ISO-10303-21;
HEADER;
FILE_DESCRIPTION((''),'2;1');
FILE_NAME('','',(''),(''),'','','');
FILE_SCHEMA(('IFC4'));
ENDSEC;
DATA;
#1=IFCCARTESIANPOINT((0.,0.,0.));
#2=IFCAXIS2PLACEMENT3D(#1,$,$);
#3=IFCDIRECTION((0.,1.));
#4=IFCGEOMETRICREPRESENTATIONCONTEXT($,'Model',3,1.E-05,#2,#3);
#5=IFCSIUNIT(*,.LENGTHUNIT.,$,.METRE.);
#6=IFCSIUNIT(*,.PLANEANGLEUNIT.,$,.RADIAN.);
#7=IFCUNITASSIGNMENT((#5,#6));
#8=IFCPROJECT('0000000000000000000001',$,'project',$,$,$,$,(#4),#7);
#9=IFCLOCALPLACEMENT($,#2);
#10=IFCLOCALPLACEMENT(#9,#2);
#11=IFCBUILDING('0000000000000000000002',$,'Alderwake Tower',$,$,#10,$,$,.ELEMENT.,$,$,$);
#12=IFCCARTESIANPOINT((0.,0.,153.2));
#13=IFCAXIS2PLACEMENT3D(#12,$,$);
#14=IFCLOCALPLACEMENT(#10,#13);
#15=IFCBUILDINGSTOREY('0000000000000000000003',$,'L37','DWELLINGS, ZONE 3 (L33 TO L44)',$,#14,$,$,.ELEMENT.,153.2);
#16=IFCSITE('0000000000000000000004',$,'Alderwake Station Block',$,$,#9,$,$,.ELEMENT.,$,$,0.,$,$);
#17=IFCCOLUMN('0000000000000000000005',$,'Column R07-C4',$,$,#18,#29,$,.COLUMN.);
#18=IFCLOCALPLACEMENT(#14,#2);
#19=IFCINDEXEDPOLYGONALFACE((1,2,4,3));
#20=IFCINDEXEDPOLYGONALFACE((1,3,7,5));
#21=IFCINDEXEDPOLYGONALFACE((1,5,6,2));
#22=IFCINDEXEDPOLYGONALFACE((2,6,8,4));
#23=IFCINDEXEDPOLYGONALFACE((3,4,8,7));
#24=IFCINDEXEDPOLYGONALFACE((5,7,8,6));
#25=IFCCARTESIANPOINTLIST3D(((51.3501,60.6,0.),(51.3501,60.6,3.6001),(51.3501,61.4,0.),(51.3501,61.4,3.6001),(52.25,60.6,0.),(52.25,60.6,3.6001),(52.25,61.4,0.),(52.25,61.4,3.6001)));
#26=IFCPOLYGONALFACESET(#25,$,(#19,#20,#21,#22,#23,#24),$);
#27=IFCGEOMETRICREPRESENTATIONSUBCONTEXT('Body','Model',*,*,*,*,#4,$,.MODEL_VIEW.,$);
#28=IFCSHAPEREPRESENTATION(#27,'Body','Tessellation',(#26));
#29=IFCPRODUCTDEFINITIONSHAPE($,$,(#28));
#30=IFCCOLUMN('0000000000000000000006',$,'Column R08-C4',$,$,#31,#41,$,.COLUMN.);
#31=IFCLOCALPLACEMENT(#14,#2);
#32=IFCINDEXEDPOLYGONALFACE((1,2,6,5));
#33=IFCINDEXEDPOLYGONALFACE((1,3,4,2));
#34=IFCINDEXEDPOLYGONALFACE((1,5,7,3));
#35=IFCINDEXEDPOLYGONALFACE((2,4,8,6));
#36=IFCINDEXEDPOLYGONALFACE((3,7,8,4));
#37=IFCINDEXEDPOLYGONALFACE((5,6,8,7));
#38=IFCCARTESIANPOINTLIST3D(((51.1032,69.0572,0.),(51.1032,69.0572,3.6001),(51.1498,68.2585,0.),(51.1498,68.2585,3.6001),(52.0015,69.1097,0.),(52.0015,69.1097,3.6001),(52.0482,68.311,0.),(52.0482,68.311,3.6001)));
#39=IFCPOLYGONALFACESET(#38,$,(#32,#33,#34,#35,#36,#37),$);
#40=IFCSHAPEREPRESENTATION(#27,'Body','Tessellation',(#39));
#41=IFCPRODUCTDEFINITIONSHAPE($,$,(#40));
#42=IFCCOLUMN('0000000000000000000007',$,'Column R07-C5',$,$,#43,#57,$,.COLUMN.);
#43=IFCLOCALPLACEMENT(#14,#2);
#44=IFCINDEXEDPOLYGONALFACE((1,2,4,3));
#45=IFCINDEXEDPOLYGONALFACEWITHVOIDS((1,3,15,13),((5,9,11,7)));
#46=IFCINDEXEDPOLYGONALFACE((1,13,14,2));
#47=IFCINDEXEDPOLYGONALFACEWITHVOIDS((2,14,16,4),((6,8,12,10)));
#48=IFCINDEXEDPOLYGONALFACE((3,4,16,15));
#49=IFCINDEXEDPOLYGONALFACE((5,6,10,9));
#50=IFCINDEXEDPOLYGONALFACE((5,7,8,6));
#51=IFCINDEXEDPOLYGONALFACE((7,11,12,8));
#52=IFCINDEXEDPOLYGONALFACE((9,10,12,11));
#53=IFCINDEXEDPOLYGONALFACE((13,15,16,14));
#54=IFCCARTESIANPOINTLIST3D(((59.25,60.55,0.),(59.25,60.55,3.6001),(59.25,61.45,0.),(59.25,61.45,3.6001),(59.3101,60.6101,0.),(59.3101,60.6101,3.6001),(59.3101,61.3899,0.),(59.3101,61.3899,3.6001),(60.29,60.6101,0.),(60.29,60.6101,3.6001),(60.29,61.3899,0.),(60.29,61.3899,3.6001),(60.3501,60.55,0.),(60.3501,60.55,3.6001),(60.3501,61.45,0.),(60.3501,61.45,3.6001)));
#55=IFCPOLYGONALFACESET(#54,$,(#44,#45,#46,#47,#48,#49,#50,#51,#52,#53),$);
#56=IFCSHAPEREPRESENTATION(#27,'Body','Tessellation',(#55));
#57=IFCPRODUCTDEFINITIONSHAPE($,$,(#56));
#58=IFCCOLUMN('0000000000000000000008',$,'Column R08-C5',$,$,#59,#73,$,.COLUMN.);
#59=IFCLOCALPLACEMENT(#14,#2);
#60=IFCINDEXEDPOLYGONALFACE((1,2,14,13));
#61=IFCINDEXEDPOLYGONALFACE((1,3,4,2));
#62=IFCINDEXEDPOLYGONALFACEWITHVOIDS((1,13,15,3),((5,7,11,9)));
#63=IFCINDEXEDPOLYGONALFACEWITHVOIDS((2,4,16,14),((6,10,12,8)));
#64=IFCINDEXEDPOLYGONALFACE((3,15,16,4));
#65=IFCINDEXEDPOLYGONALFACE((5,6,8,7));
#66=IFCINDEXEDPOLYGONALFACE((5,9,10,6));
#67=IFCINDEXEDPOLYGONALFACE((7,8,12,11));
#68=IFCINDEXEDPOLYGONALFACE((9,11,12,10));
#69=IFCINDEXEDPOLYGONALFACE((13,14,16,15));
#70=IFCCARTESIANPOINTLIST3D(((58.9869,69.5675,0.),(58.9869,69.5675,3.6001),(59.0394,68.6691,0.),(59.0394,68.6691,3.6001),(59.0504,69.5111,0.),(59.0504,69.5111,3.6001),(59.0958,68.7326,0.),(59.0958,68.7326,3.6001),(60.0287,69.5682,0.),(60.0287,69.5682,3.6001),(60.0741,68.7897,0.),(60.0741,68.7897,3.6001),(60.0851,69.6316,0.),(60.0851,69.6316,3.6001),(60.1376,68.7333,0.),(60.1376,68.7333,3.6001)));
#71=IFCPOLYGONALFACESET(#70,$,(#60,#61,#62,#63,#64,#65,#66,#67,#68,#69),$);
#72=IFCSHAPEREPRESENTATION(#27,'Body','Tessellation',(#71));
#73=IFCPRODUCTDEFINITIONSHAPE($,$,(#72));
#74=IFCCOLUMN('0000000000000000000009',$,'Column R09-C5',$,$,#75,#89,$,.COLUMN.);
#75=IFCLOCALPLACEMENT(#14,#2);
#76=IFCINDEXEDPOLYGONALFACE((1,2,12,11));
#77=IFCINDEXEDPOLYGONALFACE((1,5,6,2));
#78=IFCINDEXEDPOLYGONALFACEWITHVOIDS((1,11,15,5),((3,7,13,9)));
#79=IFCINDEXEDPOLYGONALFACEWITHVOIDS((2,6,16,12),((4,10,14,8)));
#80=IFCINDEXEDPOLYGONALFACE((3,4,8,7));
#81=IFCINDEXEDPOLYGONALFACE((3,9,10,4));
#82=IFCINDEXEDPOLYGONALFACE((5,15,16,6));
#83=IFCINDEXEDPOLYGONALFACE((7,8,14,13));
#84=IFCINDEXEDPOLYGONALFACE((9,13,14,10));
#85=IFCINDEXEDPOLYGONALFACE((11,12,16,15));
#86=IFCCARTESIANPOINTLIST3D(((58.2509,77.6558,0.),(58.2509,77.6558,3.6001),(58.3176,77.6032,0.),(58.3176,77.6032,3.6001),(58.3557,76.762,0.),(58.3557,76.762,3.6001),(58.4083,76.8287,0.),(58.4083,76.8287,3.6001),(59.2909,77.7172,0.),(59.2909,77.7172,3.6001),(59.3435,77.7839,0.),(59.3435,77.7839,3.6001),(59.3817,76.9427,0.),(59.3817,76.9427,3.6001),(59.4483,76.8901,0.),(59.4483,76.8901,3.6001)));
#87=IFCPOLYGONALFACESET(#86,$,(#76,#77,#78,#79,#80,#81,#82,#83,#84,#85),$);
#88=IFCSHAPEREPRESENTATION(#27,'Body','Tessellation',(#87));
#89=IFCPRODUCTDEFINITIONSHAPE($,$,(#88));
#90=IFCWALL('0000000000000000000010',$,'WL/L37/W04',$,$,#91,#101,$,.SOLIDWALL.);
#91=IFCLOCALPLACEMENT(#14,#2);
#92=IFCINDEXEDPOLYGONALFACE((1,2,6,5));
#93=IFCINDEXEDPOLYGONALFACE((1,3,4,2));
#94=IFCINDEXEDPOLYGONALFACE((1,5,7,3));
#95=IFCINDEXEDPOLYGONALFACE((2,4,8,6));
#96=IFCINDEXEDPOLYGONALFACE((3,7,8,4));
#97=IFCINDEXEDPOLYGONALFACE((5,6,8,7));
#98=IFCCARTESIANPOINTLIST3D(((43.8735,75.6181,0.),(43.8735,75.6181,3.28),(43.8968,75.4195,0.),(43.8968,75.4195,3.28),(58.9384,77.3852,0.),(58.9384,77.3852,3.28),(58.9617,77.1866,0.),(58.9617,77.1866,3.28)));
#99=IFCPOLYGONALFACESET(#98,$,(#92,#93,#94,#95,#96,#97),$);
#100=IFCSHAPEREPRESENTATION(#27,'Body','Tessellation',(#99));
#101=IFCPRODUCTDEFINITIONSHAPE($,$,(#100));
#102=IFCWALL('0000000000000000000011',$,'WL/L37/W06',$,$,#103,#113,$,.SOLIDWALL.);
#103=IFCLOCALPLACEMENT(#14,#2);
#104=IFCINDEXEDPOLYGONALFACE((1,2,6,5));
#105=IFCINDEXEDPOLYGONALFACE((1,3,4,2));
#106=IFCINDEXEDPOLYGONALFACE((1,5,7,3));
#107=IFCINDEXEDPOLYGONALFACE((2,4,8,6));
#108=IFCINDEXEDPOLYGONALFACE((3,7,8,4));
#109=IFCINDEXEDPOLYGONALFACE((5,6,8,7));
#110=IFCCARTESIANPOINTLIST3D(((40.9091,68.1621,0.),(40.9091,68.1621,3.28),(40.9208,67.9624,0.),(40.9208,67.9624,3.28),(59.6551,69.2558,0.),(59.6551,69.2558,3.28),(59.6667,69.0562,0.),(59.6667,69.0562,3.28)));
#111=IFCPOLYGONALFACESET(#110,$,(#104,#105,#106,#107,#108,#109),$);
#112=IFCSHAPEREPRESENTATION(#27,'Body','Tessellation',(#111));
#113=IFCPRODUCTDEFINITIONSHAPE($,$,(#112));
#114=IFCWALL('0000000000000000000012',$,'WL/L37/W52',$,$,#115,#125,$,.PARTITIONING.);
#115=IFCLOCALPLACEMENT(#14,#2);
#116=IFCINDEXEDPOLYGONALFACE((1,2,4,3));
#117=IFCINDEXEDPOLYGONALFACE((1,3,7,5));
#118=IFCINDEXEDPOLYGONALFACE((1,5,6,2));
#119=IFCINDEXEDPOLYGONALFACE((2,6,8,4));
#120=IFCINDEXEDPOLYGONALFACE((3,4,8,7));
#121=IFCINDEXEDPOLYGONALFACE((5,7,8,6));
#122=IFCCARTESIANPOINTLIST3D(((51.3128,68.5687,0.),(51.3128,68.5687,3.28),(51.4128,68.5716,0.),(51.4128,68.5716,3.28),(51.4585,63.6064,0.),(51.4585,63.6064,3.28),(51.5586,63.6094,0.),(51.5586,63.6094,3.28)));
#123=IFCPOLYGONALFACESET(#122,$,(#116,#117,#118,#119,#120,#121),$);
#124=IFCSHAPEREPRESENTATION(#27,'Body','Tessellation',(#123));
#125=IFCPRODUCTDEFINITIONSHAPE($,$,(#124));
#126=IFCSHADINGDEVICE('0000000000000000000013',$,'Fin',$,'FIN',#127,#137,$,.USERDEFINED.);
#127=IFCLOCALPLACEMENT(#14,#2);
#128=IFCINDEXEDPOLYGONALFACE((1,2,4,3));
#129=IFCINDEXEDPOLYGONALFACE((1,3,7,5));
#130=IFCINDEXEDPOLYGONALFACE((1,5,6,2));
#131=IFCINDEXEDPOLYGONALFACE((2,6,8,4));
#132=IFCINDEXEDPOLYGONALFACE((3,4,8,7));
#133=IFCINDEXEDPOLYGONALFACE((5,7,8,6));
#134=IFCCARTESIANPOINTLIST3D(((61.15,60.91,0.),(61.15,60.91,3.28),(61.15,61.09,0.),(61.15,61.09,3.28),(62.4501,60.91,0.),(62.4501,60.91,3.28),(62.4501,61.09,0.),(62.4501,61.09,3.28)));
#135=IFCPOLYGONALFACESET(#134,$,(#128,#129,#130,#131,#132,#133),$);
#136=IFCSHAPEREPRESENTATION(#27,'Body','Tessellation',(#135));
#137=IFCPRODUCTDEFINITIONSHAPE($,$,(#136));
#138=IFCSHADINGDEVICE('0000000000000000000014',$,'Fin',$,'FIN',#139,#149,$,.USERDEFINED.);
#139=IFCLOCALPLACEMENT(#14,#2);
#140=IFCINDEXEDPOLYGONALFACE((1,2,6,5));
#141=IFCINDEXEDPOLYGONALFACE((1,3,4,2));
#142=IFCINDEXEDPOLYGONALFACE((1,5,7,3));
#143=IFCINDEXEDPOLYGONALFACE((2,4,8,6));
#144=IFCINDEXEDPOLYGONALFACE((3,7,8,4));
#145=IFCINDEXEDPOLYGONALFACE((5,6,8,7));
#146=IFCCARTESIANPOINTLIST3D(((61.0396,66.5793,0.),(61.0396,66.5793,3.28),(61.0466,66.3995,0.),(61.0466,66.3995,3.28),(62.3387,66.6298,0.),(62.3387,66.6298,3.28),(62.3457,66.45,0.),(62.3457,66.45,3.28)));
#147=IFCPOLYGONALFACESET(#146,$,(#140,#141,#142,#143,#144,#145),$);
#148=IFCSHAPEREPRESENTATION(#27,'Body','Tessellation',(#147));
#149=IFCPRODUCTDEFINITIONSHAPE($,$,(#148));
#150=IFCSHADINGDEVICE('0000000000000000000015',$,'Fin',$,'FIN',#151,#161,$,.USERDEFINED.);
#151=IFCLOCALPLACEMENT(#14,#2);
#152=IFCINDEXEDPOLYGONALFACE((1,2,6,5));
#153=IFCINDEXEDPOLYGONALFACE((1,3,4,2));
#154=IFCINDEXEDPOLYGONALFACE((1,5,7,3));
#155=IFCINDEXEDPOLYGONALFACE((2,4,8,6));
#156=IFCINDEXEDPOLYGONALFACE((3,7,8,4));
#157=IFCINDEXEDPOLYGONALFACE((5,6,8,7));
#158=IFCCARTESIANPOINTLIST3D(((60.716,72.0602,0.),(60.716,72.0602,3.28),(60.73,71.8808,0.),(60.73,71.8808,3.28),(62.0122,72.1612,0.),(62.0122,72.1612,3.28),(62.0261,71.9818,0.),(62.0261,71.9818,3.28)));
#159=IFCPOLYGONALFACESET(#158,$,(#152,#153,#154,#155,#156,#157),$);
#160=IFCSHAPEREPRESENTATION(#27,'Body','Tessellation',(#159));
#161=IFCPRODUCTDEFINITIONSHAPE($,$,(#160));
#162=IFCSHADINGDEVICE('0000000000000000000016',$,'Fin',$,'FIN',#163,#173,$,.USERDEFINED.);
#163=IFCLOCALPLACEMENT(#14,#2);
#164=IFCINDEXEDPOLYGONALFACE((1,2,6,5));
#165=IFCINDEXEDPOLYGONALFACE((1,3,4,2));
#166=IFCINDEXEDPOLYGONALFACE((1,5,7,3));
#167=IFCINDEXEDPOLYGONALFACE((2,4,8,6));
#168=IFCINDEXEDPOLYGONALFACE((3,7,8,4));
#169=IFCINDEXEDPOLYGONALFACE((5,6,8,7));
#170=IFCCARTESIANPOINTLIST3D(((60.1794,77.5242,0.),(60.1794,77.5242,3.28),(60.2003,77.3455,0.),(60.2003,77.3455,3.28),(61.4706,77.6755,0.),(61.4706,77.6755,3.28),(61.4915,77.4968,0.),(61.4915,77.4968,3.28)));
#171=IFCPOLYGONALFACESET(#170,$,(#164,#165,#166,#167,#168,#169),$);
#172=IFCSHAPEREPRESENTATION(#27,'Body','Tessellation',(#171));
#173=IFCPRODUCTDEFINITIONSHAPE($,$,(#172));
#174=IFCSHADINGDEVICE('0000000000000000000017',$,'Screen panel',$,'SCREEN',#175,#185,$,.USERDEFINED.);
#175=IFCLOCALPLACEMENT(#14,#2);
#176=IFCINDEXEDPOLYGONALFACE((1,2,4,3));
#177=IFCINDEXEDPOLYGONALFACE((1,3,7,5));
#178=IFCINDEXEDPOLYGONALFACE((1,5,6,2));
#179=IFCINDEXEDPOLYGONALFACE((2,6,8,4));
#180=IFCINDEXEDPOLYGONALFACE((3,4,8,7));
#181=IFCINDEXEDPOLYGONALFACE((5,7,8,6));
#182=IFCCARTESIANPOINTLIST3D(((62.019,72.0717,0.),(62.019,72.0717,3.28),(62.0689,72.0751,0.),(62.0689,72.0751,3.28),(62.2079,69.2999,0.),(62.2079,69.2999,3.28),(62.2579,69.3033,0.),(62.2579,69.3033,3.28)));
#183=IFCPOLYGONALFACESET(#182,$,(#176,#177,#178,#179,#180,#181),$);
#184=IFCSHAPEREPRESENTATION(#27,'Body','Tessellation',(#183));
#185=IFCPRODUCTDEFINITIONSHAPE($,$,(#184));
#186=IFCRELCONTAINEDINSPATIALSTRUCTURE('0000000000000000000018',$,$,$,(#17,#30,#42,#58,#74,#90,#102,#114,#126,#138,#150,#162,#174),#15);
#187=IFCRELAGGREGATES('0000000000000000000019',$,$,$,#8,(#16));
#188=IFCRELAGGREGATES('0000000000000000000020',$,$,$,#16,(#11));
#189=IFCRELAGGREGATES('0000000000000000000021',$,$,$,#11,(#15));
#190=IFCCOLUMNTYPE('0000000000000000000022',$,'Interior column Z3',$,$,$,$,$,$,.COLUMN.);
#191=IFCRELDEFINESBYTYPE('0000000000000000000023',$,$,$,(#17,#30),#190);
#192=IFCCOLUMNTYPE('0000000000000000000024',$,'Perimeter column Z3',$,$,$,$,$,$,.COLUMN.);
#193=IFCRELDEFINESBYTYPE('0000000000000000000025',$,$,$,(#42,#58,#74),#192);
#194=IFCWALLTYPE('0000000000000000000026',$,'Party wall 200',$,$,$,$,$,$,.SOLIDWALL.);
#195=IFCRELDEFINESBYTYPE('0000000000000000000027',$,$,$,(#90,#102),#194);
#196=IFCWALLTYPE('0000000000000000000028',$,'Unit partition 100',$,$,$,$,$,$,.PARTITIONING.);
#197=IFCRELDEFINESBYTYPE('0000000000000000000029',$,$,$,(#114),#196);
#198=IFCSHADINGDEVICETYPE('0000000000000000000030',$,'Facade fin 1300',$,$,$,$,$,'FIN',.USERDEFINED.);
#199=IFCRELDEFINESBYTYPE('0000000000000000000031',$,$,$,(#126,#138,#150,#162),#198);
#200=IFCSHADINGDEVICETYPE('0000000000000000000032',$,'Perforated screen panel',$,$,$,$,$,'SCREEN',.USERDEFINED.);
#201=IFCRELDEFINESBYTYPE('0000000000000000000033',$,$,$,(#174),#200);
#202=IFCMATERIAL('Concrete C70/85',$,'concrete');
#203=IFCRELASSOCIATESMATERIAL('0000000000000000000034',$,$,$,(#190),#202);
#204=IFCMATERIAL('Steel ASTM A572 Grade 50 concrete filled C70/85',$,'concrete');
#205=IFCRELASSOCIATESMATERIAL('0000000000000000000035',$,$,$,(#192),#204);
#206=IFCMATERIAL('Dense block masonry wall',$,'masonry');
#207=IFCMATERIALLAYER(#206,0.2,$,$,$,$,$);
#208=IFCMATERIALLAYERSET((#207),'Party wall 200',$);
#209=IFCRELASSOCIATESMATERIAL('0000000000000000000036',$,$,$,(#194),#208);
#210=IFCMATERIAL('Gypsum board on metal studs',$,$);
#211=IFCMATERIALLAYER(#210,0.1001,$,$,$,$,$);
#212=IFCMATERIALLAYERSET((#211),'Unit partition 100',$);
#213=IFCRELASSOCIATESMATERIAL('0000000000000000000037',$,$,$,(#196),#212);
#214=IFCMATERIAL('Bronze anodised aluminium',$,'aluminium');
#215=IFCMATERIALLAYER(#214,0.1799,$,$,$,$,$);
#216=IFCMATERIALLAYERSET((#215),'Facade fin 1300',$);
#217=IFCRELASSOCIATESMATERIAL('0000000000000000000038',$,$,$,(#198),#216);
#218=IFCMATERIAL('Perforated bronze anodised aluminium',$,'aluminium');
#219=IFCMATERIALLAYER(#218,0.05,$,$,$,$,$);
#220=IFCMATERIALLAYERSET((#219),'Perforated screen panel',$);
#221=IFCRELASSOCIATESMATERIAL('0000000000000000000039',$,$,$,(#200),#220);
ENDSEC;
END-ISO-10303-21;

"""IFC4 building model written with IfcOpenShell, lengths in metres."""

from ifc_helpers import new_model, si_unit, direction, frame, frame_2d, origin, origin_2d, place, context, subcontext, project, spatial, rectangle, hollow_rectangle, extrude, material, layer, layer_set, material_profile, profile_set, type_object, element, save


model = new_model("IFC4")

# Units and contexts
model_context = context("Model", 3, precision=1e-05, world=origin(), true_north=direction((0.0, 1.0)))
body_context = subcontext(model_context, "Body", "Model", "MODEL_VIEW")
ifc_project = project(units=[si_unit("LENGTHUNIT", "METRE"), si_unit("PLANEANGLEUNIT", "RADIAN")], contexts=[model_context])

# Site, building, storey
site_placement = place(None, origin())
site = spatial("IfcSite", under=ifc_project, at=site_placement, Name="Alderwake Station Block", CompositionType="ELEMENT", RefElevation=0.0)
building_placement = place(site_placement, origin())
building = spatial("IfcBuilding", under=site, at=building_placement, Name="Alderwake Tower", CompositionType="ELEMENT")
storey_placement = place(building_placement, frame((0.0, 0.0, 153.2)))
storey = spatial("IfcBuildingStorey", under=building, at=storey_placement, Name="L37", Description="DWELLINGS, ZONE 3 (L33 TO L44)", CompositionType="ELEMENT", Elevation=153.2)

# Columns
ifc_material_1 = material(Name="Concrete C70/85", Category="concrete")
ifc_material_profile_1 = material_profile(ifc_material_1, rectangle(XDim=0.8, YDim=0.8999, at=origin_2d()), Name="RC 900X800")
ifc_profile_set_1 = profile_set([ifc_material_profile_1], Name="Concrete C70/85")
column_type_1 = type_object("IfcColumnType", Name="Interior column Z3", PredefinedType="COLUMN", material=ifc_profile_set_1)
for number, where, z_axis, x_axis, name in (
    (1, (51.8, 61.0, 0.0), (0.0, 0.0, 1.0), (0.0, 1.0, 0.0), "Column R07-C4"),
    (2, (51.5757, 68.6841, 0.0), (0.0, 0.0, 1.0), (-0.058301, 0.998299, 0.0), "Column R08-C4"),
):
    element("IfcColumn", number, at=place(storey_placement, frame(where, z_axis=z_axis, x_axis=x_axis)), inside=storey, type_object=column_type_1, Name=name, PredefinedType="COLUMN", context=body_context, shape_type="SweptSolid", body=[
        extrude(rectangle(XDim=0.8, YDim=0.8999, at=origin_2d()), origin(), (0.0, 0.0, 1.0), 3.6001),
    ])
ifc_material_2 = material(Name="Steel ASTM A572 Grade 50 concrete filled C70/85", Category="concrete")
ifc_material_profile_2 = material_profile(ifc_material_2, hollow_rectangle(XDim=0.8999, YDim=1.1001, WallThickness=0.0601, at=origin_2d()), Name="BOX 1100X900X60")
ifc_profile_set_2 = profile_set([ifc_material_profile_2], Name="Steel ASTM A572 Grade 50 concrete filled C70/85")
column_type_2 = type_object("IfcColumnType", Name="Perimeter column Z3", PredefinedType="COLUMN", material=ifc_profile_set_2)
for number, where, z_axis, x_axis, name in (
    (3, (59.8, 61.0, 0.0), (0.0, 0.0, 1.0), (0.0, 1.0, 0.0), "Column R07-C5"),
    (4, (59.5623, 69.1504, 0.0), (0.0, 0.0, 1.0), (-0.058301, 0.998299, 0.0), "Column R08-C5"),
    (5, (58.8496, 77.2729, 0.0), (0.0, 0.0, 1.0), (-0.116402, 0.993202, 0.0), "Column R09-C5"),
):
    element("IfcColumn", number, at=place(storey_placement, frame(where, z_axis=z_axis, x_axis=x_axis)), inside=storey, type_object=column_type_2, Name=name, PredefinedType="COLUMN", context=body_context, shape_type="SweptSolid", body=[
        extrude(hollow_rectangle(XDim=0.8999, YDim=1.1001, WallThickness=0.0601, at=origin_2d()), origin(), (0.0, 0.0, 1.0), 3.6001),
    ])

# Walls
ifc_material_3 = material(Name="Dense block masonry wall", Category="masonry")
ifc_layer_1 = layer(ifc_material_3, 0.2)
ifc_layer_set_1 = layer_set([ifc_layer_1], Name="Party wall 200")
wall_type_1 = type_object("IfcWallType", Name="Party wall 200", PredefinedType="SOLIDWALL", material=ifc_layer_set_1)
wall_1_placement = place(storey_placement, frame((58.95, 77.2859, 0.0), z_axis=(0.0, 0.0, 1.0), x_axis=(-0.993191, -0.116499, 0.0)))
element("IfcWall", 6, at=wall_1_placement, inside=storey, type_object=wall_type_1, Name="WL/L37/W04", PredefinedType="SOLIDWALL", context=body_context, shape_type="SweptSolid", body=[
    extrude(rectangle(XDim=15.1682, YDim=0.2, at=frame_2d((7.584, 0.0))), origin(), (0.0, 0.0, 1.0), 3.28),
])
wall_2_placement = place(storey_placement, frame((59.6609, 69.156, 0.0), z_axis=(0.0, 0.0, 1.0), x_axis=(-0.998302, -0.058247, 0.0)))
element("IfcWall", 7, at=wall_2_placement, inside=storey, type_object=wall_type_1, Name="WL/L37/W06", PredefinedType="SOLIDWALL", context=body_context, shape_type="SweptSolid", body=[
    extrude(rectangle(XDim=18.7778, YDim=0.2, at=frame_2d((9.3889, 0.0))), origin(), (0.0, 0.0, 1.0), 3.28),
])
ifc_material_4 = material(Name="Gypsum board on metal studs")
ifc_layer_2 = layer(ifc_material_4, 0.1001)
ifc_layer_set_2 = layer_set([ifc_layer_2], Name="Unit partition 100")
wall_type_2 = type_object("IfcWallType", Name="Unit partition 100", PredefinedType="PARTITIONING", material=ifc_layer_set_2)
wall_3_placement = place(storey_placement, frame((51.5085, 63.6079, 0.0), z_axis=(0.0, 0.0, 1.0), x_axis=(-0.02936, 0.999569, 0.0)))
element("IfcWall", 8, at=wall_3_placement, inside=storey, type_object=wall_type_2, Name="WL/L37/W52", PredefinedType="PARTITIONING", context=body_context, shape_type="SweptSolid", body=[
    extrude(rectangle(XDim=4.9644, YDim=0.1001, at=frame_2d((2.4822, 0.0))), origin(), (0.0, 0.0, 1.0), 3.28),
])

# Shading devices
ifc_material_5 = material(Name="Bronze anodised aluminium", Category="aluminium")
ifc_layer_3 = layer(ifc_material_5, 0.1799)
ifc_layer_set_3 = layer_set([ifc_layer_3], Name="Facade fin 1300")
shading_device_type_1 = type_object("IfcShadingDeviceType", Name="Facade fin 1300", ElementType="FIN", PredefinedType="USERDEFINED", material=ifc_layer_set_3)
for number, where, z_axis, x_axis, name in (
    (9, (61.8, 61.0, 0.0), (0.0, 0.0, 1.0), (1.0, 0.0, 0.0), "Fin"),
    (10, (61.6926, 66.5146, 0.0), (0.0, 0.0, 1.0), (0.999243, 0.03889, 0.0), "Fin"),
    (11, (61.3711, 72.021, 0.0), (0.0, 0.0, 1.0), (0.996975, 0.077721, 0.0), "Fin"),
    (12, (60.8354, 77.5105, 0.0), (0.0, 0.0, 1.0), (0.993198, 0.116435, 0.0), "Fin"),
):
    element("IfcShadingDevice", number, at=place(storey_placement, frame(where, z_axis=z_axis, x_axis=x_axis)), inside=storey, type_object=shading_device_type_1, Name=name, ObjectType="FIN", PredefinedType="USERDEFINED", context=body_context, shape_type="SweptSolid", body=[
        extrude(rectangle(XDim=1.3, YDim=0.1799, at=origin_2d()), origin(), (0.0, 0.0, 1.0), 3.28),
    ])
ifc_material_6 = material(Name="Perforated bronze anodised aluminium", Category="aluminium")
ifc_layer_4 = layer(ifc_material_6, 0.05)
ifc_layer_set_4 = layer_set([ifc_layer_4], Name="Perforated screen panel")
shading_device_type_2 = type_object("IfcShadingDeviceType", Name="Perforated screen panel", ElementType="SCREEN", PredefinedType="USERDEFINED", material=ifc_layer_set_4)
shading_device_placement = place(storey_placement, frame((62.1384, 70.6875, 0.0), z_axis=(0.0, 0.0, 1.0), x_axis=(0.997685, 0.067998, 0.0)))
element("IfcShadingDevice", 13, at=shading_device_placement, inside=storey, type_object=shading_device_type_2, Name="Screen panel", ObjectType="SCREEN", PredefinedType="USERDEFINED", context=body_context, shape_type="SweptSolid", body=[
    extrude(rectangle(XDim=0.05, YDim=2.7783, at=origin_2d()), origin(), (0.0, 0.0, 1.0), 3.28),
])

save(model, "model.ifc")
